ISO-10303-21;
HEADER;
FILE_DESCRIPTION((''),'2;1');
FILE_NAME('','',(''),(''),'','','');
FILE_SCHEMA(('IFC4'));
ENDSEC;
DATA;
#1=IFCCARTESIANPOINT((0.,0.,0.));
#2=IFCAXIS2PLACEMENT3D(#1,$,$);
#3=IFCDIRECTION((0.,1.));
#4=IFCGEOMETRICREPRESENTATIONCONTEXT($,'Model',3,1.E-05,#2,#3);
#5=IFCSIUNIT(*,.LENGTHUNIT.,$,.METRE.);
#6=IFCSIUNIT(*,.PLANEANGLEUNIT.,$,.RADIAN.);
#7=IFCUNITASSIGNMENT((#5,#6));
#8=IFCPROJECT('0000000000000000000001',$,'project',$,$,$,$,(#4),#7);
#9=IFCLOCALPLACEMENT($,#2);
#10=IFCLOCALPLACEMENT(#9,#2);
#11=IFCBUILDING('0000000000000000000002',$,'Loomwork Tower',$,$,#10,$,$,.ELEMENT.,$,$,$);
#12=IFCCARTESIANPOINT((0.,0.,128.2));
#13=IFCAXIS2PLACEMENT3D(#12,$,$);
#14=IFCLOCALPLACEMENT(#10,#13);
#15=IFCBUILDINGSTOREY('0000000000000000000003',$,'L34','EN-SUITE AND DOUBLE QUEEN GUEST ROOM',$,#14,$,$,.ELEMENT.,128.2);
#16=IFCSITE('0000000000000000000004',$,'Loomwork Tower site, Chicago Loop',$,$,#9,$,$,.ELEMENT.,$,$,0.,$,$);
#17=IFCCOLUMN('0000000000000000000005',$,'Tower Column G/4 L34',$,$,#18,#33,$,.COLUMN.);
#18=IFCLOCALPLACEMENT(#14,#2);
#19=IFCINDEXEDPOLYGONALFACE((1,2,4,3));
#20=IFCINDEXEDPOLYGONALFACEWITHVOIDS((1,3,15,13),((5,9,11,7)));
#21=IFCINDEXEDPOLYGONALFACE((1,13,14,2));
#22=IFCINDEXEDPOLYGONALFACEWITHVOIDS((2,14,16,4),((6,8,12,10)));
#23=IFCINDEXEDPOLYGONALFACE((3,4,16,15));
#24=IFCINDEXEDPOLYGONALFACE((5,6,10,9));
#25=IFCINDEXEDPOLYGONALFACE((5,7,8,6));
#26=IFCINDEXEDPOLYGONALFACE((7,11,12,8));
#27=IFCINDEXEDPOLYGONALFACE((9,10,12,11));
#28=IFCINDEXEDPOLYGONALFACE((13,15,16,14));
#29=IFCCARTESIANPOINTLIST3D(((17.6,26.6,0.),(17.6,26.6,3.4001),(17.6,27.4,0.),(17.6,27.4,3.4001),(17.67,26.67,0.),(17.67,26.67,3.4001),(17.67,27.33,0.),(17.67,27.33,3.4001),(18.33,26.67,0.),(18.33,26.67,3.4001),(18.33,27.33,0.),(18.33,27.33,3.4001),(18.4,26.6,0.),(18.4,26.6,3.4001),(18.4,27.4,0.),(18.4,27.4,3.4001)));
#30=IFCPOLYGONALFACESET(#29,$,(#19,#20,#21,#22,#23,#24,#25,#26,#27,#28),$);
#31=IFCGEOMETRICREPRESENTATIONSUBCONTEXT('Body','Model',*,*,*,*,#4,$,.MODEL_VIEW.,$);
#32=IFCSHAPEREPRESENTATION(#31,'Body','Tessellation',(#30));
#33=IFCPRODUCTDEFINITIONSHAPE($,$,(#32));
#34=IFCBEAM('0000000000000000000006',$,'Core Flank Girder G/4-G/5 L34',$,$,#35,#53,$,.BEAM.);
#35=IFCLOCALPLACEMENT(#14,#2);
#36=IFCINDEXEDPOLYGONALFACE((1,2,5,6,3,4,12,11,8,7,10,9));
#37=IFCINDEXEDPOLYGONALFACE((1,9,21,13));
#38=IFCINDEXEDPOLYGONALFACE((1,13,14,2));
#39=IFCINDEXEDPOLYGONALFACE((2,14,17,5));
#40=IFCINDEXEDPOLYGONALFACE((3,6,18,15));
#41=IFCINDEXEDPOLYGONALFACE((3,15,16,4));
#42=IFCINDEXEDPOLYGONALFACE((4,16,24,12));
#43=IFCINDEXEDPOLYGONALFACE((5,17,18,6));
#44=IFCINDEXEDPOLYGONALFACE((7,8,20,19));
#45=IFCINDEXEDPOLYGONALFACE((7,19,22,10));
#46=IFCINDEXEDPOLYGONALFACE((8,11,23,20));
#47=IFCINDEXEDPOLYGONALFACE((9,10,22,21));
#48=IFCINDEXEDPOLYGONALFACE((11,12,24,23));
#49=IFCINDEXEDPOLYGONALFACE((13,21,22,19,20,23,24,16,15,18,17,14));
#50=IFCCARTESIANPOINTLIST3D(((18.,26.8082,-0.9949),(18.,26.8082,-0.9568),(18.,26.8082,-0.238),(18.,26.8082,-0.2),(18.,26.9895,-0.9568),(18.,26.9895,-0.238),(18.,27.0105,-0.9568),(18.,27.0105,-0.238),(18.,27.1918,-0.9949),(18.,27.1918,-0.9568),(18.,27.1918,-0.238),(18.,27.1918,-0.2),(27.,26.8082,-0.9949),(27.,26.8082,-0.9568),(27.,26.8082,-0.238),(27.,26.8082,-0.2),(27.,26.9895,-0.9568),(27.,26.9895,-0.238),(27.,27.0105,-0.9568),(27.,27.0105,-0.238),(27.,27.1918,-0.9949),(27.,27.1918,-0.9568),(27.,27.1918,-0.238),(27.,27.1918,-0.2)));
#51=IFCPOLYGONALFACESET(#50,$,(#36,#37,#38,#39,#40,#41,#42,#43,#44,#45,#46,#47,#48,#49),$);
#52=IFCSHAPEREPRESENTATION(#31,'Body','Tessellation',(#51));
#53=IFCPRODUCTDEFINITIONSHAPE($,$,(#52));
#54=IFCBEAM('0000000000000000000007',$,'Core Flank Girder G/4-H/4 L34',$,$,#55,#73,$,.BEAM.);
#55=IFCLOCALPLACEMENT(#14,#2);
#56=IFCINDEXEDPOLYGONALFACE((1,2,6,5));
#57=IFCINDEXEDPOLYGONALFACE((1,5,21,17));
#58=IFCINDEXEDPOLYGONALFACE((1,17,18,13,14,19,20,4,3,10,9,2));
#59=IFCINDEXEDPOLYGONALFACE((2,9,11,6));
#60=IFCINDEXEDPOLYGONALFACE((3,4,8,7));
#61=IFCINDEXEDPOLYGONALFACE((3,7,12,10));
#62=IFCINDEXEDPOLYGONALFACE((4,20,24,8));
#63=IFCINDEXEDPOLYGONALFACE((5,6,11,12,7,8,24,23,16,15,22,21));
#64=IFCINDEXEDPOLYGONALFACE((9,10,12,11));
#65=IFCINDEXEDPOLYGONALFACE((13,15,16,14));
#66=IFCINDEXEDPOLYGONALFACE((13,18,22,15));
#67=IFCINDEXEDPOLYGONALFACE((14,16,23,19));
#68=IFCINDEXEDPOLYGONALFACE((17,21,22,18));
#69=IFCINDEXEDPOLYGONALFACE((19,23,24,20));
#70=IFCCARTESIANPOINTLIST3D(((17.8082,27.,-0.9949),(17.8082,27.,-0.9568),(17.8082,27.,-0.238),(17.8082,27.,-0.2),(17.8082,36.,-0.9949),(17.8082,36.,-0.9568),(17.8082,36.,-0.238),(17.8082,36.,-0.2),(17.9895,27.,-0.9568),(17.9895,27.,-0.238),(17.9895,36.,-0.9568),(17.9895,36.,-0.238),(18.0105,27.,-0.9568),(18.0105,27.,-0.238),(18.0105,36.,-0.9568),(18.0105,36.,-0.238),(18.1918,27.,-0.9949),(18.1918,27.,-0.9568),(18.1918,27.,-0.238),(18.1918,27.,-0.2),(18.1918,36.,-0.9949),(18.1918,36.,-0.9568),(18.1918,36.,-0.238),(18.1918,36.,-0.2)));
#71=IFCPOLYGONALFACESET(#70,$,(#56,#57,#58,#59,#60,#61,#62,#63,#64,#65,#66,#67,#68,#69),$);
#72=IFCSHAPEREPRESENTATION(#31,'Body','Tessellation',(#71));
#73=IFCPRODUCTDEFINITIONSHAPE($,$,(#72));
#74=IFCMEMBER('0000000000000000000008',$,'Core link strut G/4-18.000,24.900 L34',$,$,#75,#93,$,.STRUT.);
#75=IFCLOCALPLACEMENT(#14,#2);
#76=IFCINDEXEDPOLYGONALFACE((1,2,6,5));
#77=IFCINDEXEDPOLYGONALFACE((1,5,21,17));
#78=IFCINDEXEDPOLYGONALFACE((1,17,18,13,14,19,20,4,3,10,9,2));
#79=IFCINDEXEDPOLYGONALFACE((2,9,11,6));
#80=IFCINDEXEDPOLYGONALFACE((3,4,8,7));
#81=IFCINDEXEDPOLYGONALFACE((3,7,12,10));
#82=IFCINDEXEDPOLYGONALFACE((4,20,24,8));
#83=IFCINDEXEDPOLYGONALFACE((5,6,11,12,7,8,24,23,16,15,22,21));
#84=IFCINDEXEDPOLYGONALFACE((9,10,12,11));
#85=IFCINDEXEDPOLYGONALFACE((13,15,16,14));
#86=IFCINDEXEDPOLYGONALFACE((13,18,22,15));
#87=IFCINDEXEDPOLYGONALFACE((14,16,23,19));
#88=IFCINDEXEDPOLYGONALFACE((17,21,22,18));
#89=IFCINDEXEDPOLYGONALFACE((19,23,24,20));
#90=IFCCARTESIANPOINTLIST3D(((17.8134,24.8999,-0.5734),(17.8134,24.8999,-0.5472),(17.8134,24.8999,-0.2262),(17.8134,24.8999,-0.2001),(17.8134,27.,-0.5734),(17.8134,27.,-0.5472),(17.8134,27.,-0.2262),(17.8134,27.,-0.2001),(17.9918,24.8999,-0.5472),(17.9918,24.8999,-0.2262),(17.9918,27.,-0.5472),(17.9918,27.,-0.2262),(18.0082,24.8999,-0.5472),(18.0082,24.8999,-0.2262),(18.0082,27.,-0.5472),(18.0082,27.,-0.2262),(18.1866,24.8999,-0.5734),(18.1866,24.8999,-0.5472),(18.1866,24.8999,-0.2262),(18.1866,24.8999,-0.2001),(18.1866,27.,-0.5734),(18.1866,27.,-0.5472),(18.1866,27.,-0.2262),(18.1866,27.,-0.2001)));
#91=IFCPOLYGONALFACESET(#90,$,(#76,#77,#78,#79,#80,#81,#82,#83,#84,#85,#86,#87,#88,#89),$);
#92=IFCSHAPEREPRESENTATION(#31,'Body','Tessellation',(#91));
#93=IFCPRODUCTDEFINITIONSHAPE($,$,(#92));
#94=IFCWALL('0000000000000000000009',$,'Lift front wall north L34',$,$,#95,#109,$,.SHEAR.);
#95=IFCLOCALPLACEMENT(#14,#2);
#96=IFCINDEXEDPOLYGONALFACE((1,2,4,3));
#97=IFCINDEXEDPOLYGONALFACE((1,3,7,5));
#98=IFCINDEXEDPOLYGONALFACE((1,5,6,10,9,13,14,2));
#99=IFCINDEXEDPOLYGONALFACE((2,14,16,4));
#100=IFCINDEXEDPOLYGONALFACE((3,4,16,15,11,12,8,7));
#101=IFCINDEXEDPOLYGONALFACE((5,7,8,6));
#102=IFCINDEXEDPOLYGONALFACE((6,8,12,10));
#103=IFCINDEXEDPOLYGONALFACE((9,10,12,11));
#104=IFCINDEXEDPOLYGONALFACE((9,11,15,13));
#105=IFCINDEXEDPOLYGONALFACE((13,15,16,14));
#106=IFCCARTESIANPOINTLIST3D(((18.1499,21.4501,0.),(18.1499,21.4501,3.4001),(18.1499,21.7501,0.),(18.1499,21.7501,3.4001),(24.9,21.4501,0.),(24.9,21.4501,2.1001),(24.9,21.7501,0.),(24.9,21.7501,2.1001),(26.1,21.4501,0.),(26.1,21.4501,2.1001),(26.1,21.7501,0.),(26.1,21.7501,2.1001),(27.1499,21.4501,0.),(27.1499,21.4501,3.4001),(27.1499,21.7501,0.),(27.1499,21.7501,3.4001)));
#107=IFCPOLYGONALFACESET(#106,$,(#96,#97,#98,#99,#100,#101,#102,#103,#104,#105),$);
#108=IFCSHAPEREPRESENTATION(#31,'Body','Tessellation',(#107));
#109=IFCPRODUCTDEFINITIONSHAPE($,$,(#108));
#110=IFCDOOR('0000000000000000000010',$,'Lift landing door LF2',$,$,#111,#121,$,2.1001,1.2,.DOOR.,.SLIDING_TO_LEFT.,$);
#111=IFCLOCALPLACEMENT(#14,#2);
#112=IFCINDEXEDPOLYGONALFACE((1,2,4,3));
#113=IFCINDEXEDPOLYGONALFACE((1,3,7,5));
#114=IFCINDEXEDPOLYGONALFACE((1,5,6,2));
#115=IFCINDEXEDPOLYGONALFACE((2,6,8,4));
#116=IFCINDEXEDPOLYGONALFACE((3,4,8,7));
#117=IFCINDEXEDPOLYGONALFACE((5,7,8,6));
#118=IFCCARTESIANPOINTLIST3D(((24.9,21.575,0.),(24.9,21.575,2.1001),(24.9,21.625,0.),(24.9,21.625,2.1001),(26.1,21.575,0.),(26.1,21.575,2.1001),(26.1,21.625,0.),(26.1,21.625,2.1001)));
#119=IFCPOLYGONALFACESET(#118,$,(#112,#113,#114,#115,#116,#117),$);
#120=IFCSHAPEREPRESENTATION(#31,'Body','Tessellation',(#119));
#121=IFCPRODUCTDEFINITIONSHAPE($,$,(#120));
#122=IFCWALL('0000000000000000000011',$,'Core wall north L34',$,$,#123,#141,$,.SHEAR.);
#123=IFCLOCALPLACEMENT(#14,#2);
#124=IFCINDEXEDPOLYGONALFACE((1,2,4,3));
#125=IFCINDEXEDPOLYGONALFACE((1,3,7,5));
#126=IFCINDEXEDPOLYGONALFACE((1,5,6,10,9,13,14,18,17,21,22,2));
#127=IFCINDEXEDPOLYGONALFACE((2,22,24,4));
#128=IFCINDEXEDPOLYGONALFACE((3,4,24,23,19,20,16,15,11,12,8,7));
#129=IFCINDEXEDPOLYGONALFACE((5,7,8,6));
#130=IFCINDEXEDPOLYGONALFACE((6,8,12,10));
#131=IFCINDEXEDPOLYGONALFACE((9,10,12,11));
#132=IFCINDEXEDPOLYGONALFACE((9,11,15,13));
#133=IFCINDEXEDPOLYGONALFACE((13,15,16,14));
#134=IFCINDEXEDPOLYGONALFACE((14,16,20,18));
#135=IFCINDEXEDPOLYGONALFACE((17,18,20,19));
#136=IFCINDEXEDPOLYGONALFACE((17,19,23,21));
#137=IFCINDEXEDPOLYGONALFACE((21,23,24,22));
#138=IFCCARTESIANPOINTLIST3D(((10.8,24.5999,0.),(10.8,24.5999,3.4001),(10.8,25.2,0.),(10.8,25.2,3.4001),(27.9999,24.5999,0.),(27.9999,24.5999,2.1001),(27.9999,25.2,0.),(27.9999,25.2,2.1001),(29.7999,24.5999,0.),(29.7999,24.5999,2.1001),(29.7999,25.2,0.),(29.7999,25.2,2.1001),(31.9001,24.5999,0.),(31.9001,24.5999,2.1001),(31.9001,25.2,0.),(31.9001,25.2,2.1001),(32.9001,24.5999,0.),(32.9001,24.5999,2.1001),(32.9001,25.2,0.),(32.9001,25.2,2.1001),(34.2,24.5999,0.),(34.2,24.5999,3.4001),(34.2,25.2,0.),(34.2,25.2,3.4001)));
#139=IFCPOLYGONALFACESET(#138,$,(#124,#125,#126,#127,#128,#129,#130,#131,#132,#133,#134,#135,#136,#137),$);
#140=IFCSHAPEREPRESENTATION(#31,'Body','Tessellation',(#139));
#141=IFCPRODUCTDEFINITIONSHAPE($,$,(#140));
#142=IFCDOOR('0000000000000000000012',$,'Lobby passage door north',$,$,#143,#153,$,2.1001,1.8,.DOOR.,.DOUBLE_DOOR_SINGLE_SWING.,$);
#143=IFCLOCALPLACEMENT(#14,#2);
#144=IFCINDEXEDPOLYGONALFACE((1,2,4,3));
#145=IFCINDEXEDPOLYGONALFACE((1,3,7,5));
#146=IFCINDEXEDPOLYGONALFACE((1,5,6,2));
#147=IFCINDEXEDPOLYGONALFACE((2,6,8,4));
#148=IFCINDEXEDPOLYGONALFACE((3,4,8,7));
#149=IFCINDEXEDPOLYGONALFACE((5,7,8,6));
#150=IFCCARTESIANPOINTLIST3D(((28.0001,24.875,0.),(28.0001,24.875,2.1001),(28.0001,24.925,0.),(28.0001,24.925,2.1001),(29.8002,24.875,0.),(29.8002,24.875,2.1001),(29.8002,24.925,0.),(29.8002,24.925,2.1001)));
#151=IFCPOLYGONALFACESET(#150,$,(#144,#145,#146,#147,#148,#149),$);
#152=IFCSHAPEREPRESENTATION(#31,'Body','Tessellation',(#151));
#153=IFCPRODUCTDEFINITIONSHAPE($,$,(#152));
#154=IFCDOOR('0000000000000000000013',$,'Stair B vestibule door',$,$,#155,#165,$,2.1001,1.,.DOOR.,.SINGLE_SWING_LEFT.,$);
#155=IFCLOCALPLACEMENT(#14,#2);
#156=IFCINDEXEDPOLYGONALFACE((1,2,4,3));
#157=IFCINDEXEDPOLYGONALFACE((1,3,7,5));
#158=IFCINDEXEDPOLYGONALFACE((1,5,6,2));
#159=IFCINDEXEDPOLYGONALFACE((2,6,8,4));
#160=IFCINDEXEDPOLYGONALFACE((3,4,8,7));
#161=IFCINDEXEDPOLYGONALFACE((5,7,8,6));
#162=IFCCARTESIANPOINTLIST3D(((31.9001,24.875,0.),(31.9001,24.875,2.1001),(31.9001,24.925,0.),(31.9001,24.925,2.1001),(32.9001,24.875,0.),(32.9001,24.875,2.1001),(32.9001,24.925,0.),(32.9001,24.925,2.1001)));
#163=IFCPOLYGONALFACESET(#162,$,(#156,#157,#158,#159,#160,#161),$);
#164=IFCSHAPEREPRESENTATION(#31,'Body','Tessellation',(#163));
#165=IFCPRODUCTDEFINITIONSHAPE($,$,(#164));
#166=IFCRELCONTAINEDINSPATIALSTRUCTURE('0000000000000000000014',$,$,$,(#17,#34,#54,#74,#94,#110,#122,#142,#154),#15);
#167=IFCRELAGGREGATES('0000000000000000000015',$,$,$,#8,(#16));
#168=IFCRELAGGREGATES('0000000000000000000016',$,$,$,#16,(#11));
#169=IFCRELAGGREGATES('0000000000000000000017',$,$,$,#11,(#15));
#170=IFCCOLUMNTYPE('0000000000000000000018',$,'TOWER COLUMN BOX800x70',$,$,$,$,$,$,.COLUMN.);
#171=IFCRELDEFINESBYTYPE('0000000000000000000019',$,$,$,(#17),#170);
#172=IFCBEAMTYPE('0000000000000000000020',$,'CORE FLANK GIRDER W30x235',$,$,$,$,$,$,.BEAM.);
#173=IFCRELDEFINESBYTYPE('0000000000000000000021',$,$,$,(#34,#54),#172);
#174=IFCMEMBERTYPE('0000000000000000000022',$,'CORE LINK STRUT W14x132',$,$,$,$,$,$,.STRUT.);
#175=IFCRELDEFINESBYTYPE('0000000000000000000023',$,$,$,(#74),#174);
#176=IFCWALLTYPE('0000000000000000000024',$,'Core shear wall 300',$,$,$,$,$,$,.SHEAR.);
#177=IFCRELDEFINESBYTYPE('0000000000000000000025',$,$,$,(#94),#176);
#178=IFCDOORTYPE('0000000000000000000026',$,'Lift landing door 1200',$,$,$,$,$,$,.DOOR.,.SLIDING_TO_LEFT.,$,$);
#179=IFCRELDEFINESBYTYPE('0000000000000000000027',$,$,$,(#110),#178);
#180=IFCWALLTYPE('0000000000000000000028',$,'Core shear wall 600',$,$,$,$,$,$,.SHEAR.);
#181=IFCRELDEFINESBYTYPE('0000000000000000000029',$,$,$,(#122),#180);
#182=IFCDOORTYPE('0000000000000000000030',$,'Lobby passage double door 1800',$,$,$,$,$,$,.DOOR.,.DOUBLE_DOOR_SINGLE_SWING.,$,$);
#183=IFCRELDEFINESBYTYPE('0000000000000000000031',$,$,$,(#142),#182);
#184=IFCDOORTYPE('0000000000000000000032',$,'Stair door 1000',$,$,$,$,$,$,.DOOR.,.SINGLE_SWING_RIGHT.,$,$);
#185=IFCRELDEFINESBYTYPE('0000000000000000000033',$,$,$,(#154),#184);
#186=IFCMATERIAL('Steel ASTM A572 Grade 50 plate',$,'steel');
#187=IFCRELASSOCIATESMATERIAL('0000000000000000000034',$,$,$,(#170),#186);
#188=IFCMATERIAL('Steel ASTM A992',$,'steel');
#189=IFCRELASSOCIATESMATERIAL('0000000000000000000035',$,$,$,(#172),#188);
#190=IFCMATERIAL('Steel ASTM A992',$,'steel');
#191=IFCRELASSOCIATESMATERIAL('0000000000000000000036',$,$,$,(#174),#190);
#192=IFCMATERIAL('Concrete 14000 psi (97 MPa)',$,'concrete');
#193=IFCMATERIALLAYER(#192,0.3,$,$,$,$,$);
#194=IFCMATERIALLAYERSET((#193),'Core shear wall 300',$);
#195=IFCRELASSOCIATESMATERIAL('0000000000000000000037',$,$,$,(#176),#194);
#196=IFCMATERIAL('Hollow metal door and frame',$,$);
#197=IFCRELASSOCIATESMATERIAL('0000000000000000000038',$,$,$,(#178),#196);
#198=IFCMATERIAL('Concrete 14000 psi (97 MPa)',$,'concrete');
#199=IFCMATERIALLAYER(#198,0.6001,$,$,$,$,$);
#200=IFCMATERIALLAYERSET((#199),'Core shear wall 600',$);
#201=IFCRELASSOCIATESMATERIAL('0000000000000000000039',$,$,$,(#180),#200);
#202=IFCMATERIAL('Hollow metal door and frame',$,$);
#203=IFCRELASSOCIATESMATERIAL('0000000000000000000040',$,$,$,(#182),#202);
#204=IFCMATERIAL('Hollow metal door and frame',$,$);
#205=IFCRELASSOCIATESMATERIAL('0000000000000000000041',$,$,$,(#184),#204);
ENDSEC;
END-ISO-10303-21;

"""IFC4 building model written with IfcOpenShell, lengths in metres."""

from ifc_helpers import new_model, si_unit, direction, frame, frame_2d, origin, origin_2d, place, context, subcontext, project, spatial, rectangle, hollow_rectangle, i_section, extrude, material, layer, layer_set, material_profile, profile_set, type_object, element, fill, save


model = new_model("IFC4")

# Units and contexts
model_context = context("Model", 3, precision=1e-05, world=origin(), true_north=direction((0.0, 1.0)))
body_context = subcontext(model_context, "Body", "Model", "MODEL_VIEW")
ifc_project = project(units=[si_unit("LENGTHUNIT", "METRE"), si_unit("PLANEANGLEUNIT", "RADIAN")], contexts=[model_context])

# Site, building, storey
site_placement = place(None, origin())
site = spatial("IfcSite", under=ifc_project, at=site_placement, Name="Loomwork Tower site, Chicago Loop", CompositionType="ELEMENT", RefElevation=0.0)
building_placement = place(site_placement, origin())
building = spatial("IfcBuilding", under=site, at=building_placement, Name="Loomwork Tower", CompositionType="ELEMENT")
storey_placement = place(building_placement, frame((0.0, 0.0, 128.2)))
storey = spatial("IfcBuildingStorey", under=building, at=storey_placement, Name="L34", Description="EN-SUITE AND DOUBLE QUEEN GUEST ROOM", CompositionType="ELEMENT", Elevation=128.2)

# Column
ifc_material_1 = material(Name="Steel ASTM A572 Grade 50 plate", Category="steel")
ifc_material_profile_1 = material_profile(ifc_material_1, hollow_rectangle(XDim=0.8, YDim=0.8, WallThickness=0.0701, at=origin_2d()), Name="BOX800x70")
ifc_profile_set_1 = profile_set([ifc_material_profile_1], Name="Steel ASTM A572 Grade 50 plate")
column_type = type_object("IfcColumnType", Name="TOWER COLUMN BOX800x70", PredefinedType="COLUMN", material=ifc_profile_set_1)
column_placement = place(storey_placement, frame((18.0, 27.0, 0.0), z_axis=(0.0, 0.0, 1.0), x_axis=(1.0, 0.0, 0.0)))
element("IfcColumn", 1, at=column_placement, inside=storey, type_object=column_type, Name="Tower Column G/4 L34", PredefinedType="COLUMN", context=body_context, shape_type="SweptSolid", body=[
    extrude(hollow_rectangle(XDim=0.8, YDim=0.8, WallThickness=0.0701, at=origin_2d()), origin(), (0.0, 0.0, 1.0), 3.4001),
])

# Beams
ifc_material_2 = material(Name="Steel ASTM A992", Category="steel")
ifc_material_profile_2 = material_profile(ifc_material_2, i_section(OverallWidth=0.3835, OverallDepth=0.7949, WebThickness=0.021, FlangeThickness=0.0381, at=origin_2d()), Name="W30x235")
ifc_profile_set_2 = profile_set([ifc_material_profile_2], Name="Steel ASTM A992")
beam_type = type_object("IfcBeamType", Name="CORE FLANK GIRDER W30x235", PredefinedType="BEAM", material=ifc_profile_set_2)
for number, where, z_axis, x_axis, name in (
    (2, (18.0, 27.0, -0.5974), (1.0, 0.0, 0.0), (0.0, 1.0, 0.0), "Core Flank Girder G/4-G/5 L34"),
    (3, (18.0, 27.0, -0.5974), (0.0, 1.0, 0.0), (-1.0, 0.0, 0.0), "Core Flank Girder G/4-H/4 L34"),
):
    element("IfcBeam", number, at=place(storey_placement, frame(where, z_axis=z_axis, x_axis=x_axis)), inside=storey, type_object=beam_type, Name=name, PredefinedType="BEAM", context=body_context, shape_type="SweptSolid", body=[
        extrude(i_section(OverallWidth=0.3835, OverallDepth=0.7949, WebThickness=0.021, FlangeThickness=0.0381, at=origin_2d()), origin(), (0.0, 0.0, 1.0), 9.0),
    ])

# Member
ifc_material_3 = material(Name="Steel ASTM A992", Category="steel")
ifc_material_profile_3 = material_profile(ifc_material_3, i_section(OverallWidth=0.3733, OverallDepth=0.3733, WebThickness=0.0164, FlangeThickness=0.0261, at=origin_2d()), Name="W14x132")
ifc_profile_set_3 = profile_set([ifc_material_profile_3], Name="Steel ASTM A992")
member_type = type_object("IfcMemberType", Name="CORE LINK STRUT W14x132", PredefinedType="STRUT", material=ifc_profile_set_3)
member_placement = place(storey_placement, frame((18.0, 27.0, -0.3867), z_axis=(0.0, -1.0, 0.0), x_axis=(1.0, 0.0, 0.0)))
element("IfcMember", 4, at=member_placement, inside=storey, type_object=member_type, Name="Core link strut G/4-18.000,24.900 L34", PredefinedType="STRUT", context=body_context, shape_type="SweptSolid", body=[
    extrude(i_section(OverallWidth=0.3733, OverallDepth=0.3733, WebThickness=0.0164, FlangeThickness=0.0261, at=origin_2d()), origin(), (0.0, 0.0, 1.0), 2.1001),
])

# Wall, opening, door
ifc_material_4 = material(Name="Concrete 14000 psi (97 MPa)", Category="concrete")
ifc_layer_1 = layer(ifc_material_4, 0.3)
ifc_layer_set_1 = layer_set([ifc_layer_1], Name="Core shear wall 300")
wall_type_1 = type_object("IfcWallType", Name="Core shear wall 300", PredefinedType="SHEAR", material=ifc_layer_set_1)
wall_1_placement = place(storey_placement, frame((18.1499, 21.6001, 0.0), z_axis=(0.0, 0.0, 1.0), x_axis=(1.0, 0.0, 0.0)))
wall_1 = element("IfcWall", 5, at=wall_1_placement, inside=storey, type_object=wall_type_1, Name="Lift front wall north L34", PredefinedType="SHEAR", context=body_context, shape_type="SweptSolid", body=[
    extrude(rectangle(XDim=9.0, YDim=0.3, at=frame_2d((4.5, 0.0))), origin(), (0.0, 0.0, 1.0), 3.4001),
])
opening_1_placement = place(wall_1_placement, frame((6.75, 0.0, 0.0)))
opening_1 = element("IfcOpeningElement", 6, at=opening_1_placement, cuts=wall_1, PredefinedType="OPENING", context=body_context, shape_type="SweptSolid", body=[
    extrude(rectangle(XDim=1.2, YDim=2.1001, at=frame_2d((0.6001, 1.05))), frame((0.0, 0.1599, 0.0), z_axis=(0.0, -1.0, 0.0), x_axis=(1.0, 0.0, 0.0)), (0.0, 0.0, 1.0), 0.3201),
])
ifc_material_5 = material(Name="Hollow metal door and frame")
door_type_1 = type_object("IfcDoorType", Name="Lift landing door 1200", OperationType="SLIDING_TO_LEFT", PredefinedType="DOOR", material=ifc_material_5)
door_1_placement = place(opening_1_placement, origin())
door_1 = element("IfcDoor", 7, at=door_1_placement, inside=storey, type_object=door_type_1, Name="Lift landing door LF2", OperationType="SLIDING_TO_LEFT", OverallHeight=2.1001, OverallWidth=1.2, PredefinedType="DOOR", context=body_context, shape_type="SweptSolid", body=[
    extrude(rectangle(XDim=1.2, YDim=2.1001, at=frame_2d((0.6001, 1.05))), frame((0.0, 0.0249, 0.0), z_axis=(0.0, -1.0, 0.0), x_axis=(1.0, 0.0, 0.0)), (0.0, 0.0, 1.0), 0.05),
])
fill(opening_1, door_1)

# Wall, openings, doors
ifc_material_6 = material(Name="Concrete 14000 psi (97 MPa)", Category="concrete")
ifc_layer_2 = layer(ifc_material_6, 0.6001)
ifc_layer_set_2 = layer_set([ifc_layer_2], Name="Core shear wall 600")
wall_type_2 = type_object("IfcWallType", Name="Core shear wall 600", PredefinedType="SHEAR", material=ifc_layer_set_2)
wall_2_placement = place(storey_placement, frame((10.8, 24.8999, 0.0), z_axis=(0.0, 0.0, 1.0), x_axis=(1.0, 0.0, 0.0)))
wall_2 = element("IfcWall", 8, at=wall_2_placement, inside=storey, type_object=wall_type_2, Name="Core wall north L34", PredefinedType="SHEAR", context=body_context, shape_type="SweptSolid", body=[
    extrude(rectangle(XDim=23.3999, YDim=0.6001, at=frame_2d((11.7, 0.0))), origin(), (0.0, 0.0, 1.0), 3.4001),
])
opening_2_placement = place(wall_2_placement, frame((17.2, 0.0, 0.0)))
opening_2 = element("IfcOpeningElement", 9, at=opening_2_placement, cuts=wall_2, PredefinedType="OPENING", context=body_context, shape_type="SweptSolid", body=[
    extrude(rectangle(XDim=1.8, YDim=2.1001, at=frame_2d((0.8999, 1.05))), frame((0.0, 0.3101, 0.0), z_axis=(0.0, -1.0, 0.0), x_axis=(1.0, 0.0, 0.0)), (0.0, 0.0, 1.0), 0.6201),
])
opening_3_placement = place(wall_2_placement, frame((21.1001, 0.0, 0.0)))
opening_3 = element("IfcOpeningElement", 10, at=opening_3_placement, cuts=wall_2, PredefinedType="OPENING", context=body_context, shape_type="SweptSolid", body=[
    extrude(rectangle(XDim=1.0, YDim=2.1001, at=frame_2d((0.5, 1.05))), frame((0.0, 0.3101, 0.0), z_axis=(0.0, -1.0, 0.0), x_axis=(1.0, 0.0, 0.0)), (0.0, 0.0, 1.0), 0.6201),
])
ifc_material_7 = material(Name="Hollow metal door and frame")
door_type_2 = type_object("IfcDoorType", Name="Lobby passage double door 1800", OperationType="DOUBLE_DOOR_SINGLE_SWING", PredefinedType="DOOR", material=ifc_material_7)
door_2_placement = place(opening_2_placement, frame((1.8, 0.0, 0.0), z_axis=(0.0, 0.0, 1.0), x_axis=(-1.0, 0.0, 0.0)))
door_2 = element("IfcDoor", 11, at=door_2_placement, inside=storey, type_object=door_type_2, Name="Lobby passage door north", OperationType="DOUBLE_DOOR_SINGLE_SWING", OverallHeight=2.1001, OverallWidth=1.8, PredefinedType="DOOR", context=body_context, shape_type="SweptSolid", body=[
    extrude(rectangle(XDim=1.8, YDim=2.1001, at=frame_2d((0.8999, 1.05))), frame((0.0, 0.0249, 0.0), z_axis=(0.0, -1.0, 0.0), x_axis=(1.0, 0.0, 0.0)), (0.0, 0.0, 1.0), 0.05),
])
fill(opening_2, door_2)
ifc_material_8 = material(Name="Hollow metal door and frame")
door_type_3 = type_object("IfcDoorType", Name="Stair door 1000", OperationType="SINGLE_SWING_RIGHT", PredefinedType="DOOR", material=ifc_material_8)
door_3_placement = place(opening_3_placement, frame((1.0, 0.0, 0.0), z_axis=(0.0, 0.0, 1.0), x_axis=(-1.0, 0.0, 0.0)))
door_3 = element("IfcDoor", 12, at=door_3_placement, inside=storey, type_object=door_type_3, Name="Stair B vestibule door", OperationType="SINGLE_SWING_LEFT", OverallHeight=2.1001, OverallWidth=1.0, PredefinedType="DOOR", context=body_context, shape_type="SweptSolid", body=[
    extrude(rectangle(XDim=1.0, YDim=2.1001, at=frame_2d((0.5, 1.05))), frame((0.0, 0.0249, 0.0), z_axis=(0.0, -1.0, 0.0), x_axis=(1.0, 0.0, 0.0)), (0.0, 0.0, 1.0), 0.05),
])
fill(opening_3, door_3)

save(model, "model.ifc")
